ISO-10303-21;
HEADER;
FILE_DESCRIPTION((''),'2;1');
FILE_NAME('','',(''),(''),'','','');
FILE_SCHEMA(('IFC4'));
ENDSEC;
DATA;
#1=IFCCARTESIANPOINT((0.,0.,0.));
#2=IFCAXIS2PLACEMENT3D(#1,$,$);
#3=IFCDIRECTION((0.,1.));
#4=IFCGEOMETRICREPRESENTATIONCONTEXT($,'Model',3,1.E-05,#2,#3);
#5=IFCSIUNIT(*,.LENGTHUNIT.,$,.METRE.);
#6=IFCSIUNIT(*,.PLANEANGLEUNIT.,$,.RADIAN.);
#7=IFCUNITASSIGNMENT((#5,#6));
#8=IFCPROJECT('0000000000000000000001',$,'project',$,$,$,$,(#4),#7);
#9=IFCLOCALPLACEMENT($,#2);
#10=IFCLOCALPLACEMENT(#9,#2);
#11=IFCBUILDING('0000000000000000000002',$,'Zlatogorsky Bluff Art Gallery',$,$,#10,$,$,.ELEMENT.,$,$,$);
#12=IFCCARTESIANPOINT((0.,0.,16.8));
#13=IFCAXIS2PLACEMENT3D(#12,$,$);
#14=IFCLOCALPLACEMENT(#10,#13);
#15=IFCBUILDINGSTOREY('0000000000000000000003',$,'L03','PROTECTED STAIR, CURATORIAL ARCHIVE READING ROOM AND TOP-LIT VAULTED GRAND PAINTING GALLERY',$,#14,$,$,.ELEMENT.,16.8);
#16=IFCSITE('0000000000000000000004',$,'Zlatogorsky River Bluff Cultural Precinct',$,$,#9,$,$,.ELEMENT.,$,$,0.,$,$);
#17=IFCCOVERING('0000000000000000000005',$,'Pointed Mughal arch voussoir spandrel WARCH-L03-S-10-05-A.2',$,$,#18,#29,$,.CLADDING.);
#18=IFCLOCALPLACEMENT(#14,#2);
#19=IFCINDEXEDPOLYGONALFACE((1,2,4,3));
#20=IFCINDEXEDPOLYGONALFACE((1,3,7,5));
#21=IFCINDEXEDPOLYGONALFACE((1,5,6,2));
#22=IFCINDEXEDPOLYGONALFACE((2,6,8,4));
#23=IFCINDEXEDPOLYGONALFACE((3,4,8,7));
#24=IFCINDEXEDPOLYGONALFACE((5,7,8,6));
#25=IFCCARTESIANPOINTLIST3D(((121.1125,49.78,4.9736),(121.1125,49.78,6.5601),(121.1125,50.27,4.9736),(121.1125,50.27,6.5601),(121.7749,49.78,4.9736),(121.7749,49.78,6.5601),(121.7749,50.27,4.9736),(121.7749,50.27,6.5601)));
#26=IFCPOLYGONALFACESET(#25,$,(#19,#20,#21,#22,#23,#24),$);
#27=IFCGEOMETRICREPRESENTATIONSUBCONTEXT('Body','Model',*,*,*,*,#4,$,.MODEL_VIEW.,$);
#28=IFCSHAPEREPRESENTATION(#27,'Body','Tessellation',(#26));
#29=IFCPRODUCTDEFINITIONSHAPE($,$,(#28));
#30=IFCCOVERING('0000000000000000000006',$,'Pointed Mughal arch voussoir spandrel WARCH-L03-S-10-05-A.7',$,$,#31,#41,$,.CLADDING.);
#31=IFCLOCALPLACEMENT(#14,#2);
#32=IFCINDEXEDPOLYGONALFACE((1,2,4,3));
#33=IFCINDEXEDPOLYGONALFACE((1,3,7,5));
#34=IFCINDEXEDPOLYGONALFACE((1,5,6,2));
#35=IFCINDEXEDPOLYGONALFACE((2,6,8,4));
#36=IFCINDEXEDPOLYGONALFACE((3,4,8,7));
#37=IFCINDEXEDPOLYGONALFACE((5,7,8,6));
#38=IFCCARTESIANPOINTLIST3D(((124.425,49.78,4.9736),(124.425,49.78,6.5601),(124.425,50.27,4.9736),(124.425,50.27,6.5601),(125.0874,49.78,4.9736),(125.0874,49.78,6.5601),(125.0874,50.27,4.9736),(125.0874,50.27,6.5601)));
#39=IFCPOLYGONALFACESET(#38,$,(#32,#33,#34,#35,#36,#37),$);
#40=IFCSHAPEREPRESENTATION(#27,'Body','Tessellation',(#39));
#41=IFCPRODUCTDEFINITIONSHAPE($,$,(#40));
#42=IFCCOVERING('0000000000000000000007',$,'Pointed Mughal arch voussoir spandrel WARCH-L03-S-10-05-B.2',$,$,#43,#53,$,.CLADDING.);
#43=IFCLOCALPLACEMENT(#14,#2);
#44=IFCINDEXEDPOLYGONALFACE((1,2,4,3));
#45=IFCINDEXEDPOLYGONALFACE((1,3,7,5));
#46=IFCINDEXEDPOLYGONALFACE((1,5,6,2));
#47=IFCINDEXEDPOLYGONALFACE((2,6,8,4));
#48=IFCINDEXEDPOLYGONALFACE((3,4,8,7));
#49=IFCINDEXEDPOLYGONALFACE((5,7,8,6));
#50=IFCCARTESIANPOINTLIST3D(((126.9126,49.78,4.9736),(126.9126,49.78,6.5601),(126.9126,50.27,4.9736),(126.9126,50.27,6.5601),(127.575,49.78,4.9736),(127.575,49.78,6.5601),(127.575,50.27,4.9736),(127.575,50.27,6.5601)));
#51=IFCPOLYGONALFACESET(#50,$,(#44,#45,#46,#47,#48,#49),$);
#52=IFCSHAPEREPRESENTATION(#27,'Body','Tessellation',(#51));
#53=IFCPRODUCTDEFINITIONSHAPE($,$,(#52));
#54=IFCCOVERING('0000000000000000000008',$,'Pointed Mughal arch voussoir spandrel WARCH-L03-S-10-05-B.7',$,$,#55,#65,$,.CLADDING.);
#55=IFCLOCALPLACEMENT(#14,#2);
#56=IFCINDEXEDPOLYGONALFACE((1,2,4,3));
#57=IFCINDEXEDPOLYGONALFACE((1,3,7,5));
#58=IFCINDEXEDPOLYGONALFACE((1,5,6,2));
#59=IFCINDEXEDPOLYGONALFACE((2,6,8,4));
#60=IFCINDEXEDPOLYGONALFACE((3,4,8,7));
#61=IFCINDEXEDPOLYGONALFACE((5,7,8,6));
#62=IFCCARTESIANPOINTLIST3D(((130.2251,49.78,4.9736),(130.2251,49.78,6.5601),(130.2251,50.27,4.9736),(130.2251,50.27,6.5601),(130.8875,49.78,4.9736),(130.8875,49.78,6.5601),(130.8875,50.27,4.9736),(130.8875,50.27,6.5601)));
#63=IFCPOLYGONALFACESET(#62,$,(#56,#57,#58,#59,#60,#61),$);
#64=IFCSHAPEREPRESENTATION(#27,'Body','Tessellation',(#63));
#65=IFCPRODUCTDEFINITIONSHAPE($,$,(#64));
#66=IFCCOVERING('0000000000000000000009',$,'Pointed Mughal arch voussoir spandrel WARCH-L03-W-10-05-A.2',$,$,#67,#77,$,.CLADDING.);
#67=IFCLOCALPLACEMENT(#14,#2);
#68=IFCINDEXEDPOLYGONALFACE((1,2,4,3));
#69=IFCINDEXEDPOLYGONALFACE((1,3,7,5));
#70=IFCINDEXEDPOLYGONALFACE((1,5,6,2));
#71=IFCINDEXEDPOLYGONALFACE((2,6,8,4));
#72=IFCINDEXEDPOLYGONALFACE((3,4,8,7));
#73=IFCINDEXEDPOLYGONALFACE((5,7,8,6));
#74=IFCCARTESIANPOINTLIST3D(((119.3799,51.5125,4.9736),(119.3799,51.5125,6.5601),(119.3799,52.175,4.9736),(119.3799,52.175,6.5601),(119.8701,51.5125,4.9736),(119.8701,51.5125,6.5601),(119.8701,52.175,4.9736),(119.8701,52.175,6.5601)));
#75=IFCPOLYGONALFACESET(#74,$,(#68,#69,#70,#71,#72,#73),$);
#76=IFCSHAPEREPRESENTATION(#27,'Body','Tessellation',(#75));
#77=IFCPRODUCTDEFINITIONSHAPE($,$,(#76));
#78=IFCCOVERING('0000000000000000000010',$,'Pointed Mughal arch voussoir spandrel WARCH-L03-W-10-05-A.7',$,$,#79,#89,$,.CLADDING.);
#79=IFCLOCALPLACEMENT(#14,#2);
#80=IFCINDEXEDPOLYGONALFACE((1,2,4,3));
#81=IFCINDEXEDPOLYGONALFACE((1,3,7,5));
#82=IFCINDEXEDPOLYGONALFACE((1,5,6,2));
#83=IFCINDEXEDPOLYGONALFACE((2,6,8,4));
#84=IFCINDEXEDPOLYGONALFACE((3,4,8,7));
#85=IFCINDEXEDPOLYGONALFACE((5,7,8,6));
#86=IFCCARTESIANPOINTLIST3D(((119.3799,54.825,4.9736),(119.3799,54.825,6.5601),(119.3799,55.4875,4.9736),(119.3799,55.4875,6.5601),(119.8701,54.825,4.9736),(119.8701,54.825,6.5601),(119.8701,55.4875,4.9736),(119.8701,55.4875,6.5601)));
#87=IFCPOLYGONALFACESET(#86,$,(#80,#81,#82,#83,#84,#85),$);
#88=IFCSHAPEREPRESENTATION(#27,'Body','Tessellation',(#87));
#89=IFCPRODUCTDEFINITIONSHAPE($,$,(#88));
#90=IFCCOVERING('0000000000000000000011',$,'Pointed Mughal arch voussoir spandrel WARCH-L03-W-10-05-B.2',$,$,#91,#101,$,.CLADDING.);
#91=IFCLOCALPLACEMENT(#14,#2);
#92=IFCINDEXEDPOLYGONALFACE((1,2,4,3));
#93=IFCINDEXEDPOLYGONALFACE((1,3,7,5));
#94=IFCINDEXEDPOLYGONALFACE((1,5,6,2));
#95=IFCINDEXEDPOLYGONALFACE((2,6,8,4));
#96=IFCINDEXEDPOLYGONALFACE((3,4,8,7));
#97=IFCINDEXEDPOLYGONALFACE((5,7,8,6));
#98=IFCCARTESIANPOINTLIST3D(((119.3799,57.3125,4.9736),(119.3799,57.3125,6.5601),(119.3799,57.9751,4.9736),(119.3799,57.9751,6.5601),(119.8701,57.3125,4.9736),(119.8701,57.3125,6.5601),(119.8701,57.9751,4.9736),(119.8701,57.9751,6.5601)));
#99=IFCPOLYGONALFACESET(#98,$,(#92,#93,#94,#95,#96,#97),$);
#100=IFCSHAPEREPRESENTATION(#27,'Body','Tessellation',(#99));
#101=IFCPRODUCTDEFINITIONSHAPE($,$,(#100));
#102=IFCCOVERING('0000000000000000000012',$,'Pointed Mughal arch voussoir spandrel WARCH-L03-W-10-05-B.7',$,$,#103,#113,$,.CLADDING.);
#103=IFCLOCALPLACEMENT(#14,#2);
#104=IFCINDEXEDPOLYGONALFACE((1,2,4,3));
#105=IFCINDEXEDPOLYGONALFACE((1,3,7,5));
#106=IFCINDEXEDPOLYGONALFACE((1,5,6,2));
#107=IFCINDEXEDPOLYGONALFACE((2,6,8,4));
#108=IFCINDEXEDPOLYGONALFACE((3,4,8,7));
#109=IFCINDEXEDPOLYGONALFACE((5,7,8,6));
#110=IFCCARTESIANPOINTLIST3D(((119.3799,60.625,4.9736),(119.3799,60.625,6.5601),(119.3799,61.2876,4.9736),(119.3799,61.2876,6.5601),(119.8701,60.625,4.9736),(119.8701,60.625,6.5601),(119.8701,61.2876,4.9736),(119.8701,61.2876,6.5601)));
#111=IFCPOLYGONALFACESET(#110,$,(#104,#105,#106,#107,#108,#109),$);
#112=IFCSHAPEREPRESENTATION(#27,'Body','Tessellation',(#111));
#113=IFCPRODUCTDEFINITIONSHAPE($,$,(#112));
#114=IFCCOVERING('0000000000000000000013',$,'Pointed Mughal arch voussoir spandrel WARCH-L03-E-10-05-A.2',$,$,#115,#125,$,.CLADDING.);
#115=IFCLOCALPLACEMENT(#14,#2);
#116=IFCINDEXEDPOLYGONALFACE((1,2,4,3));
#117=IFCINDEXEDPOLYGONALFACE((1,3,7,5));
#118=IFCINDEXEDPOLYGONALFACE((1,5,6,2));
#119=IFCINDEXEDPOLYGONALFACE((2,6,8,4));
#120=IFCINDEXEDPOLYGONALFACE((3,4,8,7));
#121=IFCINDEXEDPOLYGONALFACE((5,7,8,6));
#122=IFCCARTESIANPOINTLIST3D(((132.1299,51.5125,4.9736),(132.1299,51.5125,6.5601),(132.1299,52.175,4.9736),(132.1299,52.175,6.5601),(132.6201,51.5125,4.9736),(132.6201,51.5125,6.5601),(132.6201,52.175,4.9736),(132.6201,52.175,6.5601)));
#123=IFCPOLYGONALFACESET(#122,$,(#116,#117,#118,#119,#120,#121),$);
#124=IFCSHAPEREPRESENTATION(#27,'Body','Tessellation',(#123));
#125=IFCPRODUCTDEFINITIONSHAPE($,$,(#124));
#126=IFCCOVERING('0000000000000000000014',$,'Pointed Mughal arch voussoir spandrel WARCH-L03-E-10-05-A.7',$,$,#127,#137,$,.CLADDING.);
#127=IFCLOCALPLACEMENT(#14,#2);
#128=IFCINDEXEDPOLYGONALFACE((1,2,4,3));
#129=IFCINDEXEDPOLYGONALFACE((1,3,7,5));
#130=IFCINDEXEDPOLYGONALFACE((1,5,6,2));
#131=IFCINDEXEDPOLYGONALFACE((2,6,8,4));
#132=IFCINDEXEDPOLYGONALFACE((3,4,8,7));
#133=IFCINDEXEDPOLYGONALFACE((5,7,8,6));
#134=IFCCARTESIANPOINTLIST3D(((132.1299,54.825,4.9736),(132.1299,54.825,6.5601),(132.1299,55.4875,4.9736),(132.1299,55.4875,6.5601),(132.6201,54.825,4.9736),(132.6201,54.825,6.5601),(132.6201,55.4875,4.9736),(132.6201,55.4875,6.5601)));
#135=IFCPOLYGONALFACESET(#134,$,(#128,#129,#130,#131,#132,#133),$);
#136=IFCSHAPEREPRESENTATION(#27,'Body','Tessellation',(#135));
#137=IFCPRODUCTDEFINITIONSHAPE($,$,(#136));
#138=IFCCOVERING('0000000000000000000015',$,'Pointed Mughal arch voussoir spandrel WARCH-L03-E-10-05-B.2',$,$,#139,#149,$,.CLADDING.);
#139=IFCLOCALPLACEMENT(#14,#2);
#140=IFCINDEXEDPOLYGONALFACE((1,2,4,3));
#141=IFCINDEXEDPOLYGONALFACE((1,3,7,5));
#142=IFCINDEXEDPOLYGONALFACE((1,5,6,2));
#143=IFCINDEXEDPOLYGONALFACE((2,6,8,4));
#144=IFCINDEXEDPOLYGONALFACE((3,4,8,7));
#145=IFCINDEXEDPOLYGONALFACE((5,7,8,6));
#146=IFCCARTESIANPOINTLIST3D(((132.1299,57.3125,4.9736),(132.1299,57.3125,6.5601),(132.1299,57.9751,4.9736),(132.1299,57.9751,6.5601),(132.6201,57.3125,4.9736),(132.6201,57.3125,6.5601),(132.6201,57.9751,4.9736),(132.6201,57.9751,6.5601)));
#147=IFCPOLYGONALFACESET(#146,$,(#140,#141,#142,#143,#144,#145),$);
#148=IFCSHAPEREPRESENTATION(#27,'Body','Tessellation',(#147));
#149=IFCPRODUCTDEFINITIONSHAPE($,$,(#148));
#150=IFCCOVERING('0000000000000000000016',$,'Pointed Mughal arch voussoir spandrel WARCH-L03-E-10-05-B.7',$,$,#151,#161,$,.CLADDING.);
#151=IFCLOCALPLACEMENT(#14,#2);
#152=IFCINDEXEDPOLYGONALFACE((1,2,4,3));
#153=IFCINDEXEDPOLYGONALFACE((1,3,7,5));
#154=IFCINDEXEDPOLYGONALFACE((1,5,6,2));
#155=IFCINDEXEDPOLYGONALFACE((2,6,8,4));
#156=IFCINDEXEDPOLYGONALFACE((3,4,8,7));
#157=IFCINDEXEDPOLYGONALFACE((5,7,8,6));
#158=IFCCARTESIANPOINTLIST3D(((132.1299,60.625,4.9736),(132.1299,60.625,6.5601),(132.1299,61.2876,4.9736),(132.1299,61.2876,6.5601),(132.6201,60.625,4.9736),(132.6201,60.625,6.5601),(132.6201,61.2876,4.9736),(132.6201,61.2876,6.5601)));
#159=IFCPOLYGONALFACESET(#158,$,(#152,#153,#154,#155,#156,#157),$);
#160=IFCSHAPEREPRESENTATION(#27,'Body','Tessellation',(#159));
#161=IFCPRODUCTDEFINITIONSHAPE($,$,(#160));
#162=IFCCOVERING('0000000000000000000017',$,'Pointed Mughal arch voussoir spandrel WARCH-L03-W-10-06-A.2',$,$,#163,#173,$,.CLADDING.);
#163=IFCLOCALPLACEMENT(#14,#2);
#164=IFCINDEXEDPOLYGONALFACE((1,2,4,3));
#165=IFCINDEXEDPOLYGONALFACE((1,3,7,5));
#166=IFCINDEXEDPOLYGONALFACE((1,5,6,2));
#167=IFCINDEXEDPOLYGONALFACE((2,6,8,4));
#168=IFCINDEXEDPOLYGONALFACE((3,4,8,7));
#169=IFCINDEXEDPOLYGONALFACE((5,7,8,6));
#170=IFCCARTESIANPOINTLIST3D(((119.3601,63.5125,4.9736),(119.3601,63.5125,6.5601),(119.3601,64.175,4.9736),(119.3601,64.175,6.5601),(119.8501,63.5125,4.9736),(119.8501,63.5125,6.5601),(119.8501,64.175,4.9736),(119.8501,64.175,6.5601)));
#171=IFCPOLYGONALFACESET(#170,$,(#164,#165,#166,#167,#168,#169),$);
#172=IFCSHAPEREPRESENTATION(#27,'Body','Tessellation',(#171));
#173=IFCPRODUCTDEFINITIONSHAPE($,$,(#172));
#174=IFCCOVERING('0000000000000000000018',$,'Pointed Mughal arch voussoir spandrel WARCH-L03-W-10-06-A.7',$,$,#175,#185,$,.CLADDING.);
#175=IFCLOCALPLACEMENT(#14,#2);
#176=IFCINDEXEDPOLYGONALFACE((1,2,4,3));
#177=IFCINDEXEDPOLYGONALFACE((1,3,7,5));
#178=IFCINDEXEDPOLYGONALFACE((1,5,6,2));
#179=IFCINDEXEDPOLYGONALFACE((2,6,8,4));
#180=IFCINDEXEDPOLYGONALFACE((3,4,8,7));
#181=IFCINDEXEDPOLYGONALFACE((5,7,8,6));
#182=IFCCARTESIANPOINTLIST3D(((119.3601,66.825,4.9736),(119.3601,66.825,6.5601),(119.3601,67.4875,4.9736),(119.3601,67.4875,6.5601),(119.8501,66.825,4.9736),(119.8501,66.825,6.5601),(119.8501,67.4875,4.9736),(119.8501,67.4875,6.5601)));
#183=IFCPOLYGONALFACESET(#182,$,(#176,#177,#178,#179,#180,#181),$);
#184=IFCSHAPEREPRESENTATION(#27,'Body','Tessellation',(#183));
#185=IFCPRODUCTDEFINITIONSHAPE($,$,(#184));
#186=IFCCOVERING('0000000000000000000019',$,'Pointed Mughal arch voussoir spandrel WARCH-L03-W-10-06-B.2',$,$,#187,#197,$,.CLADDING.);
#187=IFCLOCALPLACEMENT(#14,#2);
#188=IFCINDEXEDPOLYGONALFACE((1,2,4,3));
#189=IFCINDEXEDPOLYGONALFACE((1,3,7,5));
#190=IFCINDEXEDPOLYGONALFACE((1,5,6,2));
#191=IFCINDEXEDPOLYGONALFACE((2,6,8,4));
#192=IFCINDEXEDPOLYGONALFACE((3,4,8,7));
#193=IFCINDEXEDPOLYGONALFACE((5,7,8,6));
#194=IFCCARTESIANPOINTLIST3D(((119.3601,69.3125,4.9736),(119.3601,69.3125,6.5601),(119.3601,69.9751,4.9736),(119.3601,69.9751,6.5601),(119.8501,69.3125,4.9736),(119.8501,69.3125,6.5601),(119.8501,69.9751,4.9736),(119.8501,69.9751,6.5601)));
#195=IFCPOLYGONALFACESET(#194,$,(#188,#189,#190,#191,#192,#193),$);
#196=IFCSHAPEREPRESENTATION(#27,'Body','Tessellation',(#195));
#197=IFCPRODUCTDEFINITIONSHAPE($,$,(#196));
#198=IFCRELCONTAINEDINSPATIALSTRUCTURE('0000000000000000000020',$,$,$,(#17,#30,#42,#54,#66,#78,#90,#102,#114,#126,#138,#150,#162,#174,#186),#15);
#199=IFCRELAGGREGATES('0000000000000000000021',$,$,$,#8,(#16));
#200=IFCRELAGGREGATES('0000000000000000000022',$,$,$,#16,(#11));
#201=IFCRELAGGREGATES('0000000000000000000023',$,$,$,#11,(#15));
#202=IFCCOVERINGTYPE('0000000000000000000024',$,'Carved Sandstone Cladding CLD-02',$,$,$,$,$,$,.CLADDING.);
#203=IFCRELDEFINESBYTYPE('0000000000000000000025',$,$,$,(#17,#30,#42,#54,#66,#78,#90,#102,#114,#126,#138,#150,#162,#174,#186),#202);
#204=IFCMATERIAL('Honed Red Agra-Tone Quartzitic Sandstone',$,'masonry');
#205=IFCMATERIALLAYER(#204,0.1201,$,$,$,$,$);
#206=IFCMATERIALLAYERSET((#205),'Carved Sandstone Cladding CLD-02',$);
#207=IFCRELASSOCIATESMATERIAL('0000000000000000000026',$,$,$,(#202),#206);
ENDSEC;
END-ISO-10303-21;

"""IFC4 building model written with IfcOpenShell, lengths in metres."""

from ifc_helpers import new_model, si_unit, direction, frame, origin, place, context, subcontext, project, spatial, polyline, outline, extrude, material, layer, layer_set, type_object, element, save


model = new_model("IFC4")

# Units and contexts
model_context = context("Model", 3, precision=1e-05, world=origin(), true_north=direction((0.0, 1.0)))
body_context = subcontext(model_context, "Body", "Model", "MODEL_VIEW")
ifc_project = project(units=[si_unit("LENGTHUNIT", "METRE"), si_unit("PLANEANGLEUNIT", "RADIAN")], contexts=[model_context])

# Site, building, storey
site_placement = place(None, origin())
site = spatial("IfcSite", under=ifc_project, at=site_placement, Name="Zlatogorsky River Bluff Cultural Precinct", CompositionType="ELEMENT", RefElevation=0.0)
building_placement = place(site_placement, origin())
building = spatial("IfcBuilding", under=site, at=building_placement, Name="Zlatogorsky Bluff Art Gallery", CompositionType="ELEMENT")
storey_placement = place(building_placement, frame((0.0, 0.0, 16.8)))
storey = spatial("IfcBuildingStorey", under=building, at=storey_placement, Name="L03", Description="PROTECTED STAIR, CURATORIAL ARCHIVE READING ROOM AND TOP-LIT VAULTED GRAND PAINTING GALLERY", CompositionType="ELEMENT", Elevation=16.8)

# Coverings
ifc_material = material(Name="Honed Red Agra-Tone Quartzitic Sandstone", Category="masonry")
ifc_layer = layer(ifc_material, 0.1201)
ifc_layer_set = layer_set([ifc_layer], Name="Carved Sandstone Cladding CLD-02")
covering_type = type_object("IfcCoveringType", Name="Carved Sandstone Cladding CLD-02", PredefinedType="CLADDING", material=ifc_layer_set)
covering_1_placement = place(storey_placement, frame((0.0, 0.0, 4.9736)))
element("IfcCovering", 1, at=covering_1_placement, inside=storey, type_object=covering_type, Name="Pointed Mughal arch voussoir spandrel WARCH-L03-S-10-05-A.2", PredefinedType="CLADDING", context=body_context, shape_type="SweptSolid", body=[
    extrude(outline(polyline([(121.1125, 49.78), (121.7749, 49.78), (121.7749, 50.27), (121.1125, 50.27), (121.1125, 49.78)])), origin(), (0.0, 0.0, 1.0), 1.5864),
])
covering_2_placement = place(storey_placement, frame((0.0, 0.0, 4.9736)))
element("IfcCovering", 2, at=covering_2_placement, inside=storey, type_object=covering_type, Name="Pointed Mughal arch voussoir spandrel WARCH-L03-S-10-05-A.7", PredefinedType="CLADDING", context=body_context, shape_type="SweptSolid", body=[
    extrude(outline(polyline([(124.425, 49.78), (125.0874, 49.78), (125.0874, 50.27), (124.425, 50.27), (124.425, 49.78)])), origin(), (0.0, 0.0, 1.0), 1.5864),
])
covering_3_placement = place(storey_placement, frame((0.0, 0.0, 4.9736)))
element("IfcCovering", 3, at=covering_3_placement, inside=storey, type_object=covering_type, Name="Pointed Mughal arch voussoir spandrel WARCH-L03-S-10-05-B.2", PredefinedType="CLADDING", context=body_context, shape_type="SweptSolid", body=[
    extrude(outline(polyline([(126.9126, 49.78), (127.575, 49.78), (127.575, 50.27), (126.9126, 50.27), (126.9126, 49.78)])), origin(), (0.0, 0.0, 1.0), 1.5864),
])
covering_4_placement = place(storey_placement, frame((0.0, 0.0, 4.9736)))
element("IfcCovering", 4, at=covering_4_placement, inside=storey, type_object=covering_type, Name="Pointed Mughal arch voussoir spandrel WARCH-L03-S-10-05-B.7", PredefinedType="CLADDING", context=body_context, shape_type="SweptSolid", body=[
    extrude(outline(polyline([(130.2251, 49.78), (130.8875, 49.78), (130.8875, 50.27), (130.2251, 50.27), (130.2251, 49.78)])), origin(), (0.0, 0.0, 1.0), 1.5864),
])
covering_5_placement = place(storey_placement, frame((0.0, 0.0, 4.9736)))
element("IfcCovering", 5, at=covering_5_placement, inside=storey, type_object=covering_type, Name="Pointed Mughal arch voussoir spandrel WARCH-L03-W-10-05-A.2", PredefinedType="CLADDING", context=body_context, shape_type="SweptSolid", body=[
    extrude(outline(polyline([(119.3799, 51.5125), (119.3799, 52.175), (119.8701, 52.175), (119.8701, 51.5125), (119.3799, 51.5125)])), origin(), (0.0, 0.0, 1.0), 1.5864),
])
covering_6_placement = place(storey_placement, frame((0.0, 0.0, 4.9736)))
element("IfcCovering", 6, at=covering_6_placement, inside=storey, type_object=covering_type, Name="Pointed Mughal arch voussoir spandrel WARCH-L03-W-10-05-A.7", PredefinedType="CLADDING", context=body_context, shape_type="SweptSolid", body=[
    extrude(outline(polyline([(119.3799, 54.825), (119.3799, 55.4875), (119.8701, 55.4875), (119.8701, 54.825), (119.3799, 54.825)])), origin(), (0.0, 0.0, 1.0), 1.5864),
])
covering_7_placement = place(storey_placement, frame((0.0, 0.0, 4.9736)))
element("IfcCovering", 7, at=covering_7_placement, inside=storey, type_object=covering_type, Name="Pointed Mughal arch voussoir spandrel WARCH-L03-W-10-05-B.2", PredefinedType="CLADDING", context=body_context, shape_type="SweptSolid", body=[
    extrude(outline(polyline([(119.3799, 57.3125), (119.3799, 57.9751), (119.8701, 57.9751), (119.8701, 57.3125), (119.3799, 57.3125)])), origin(), (0.0, 0.0, 1.0), 1.5864),
])
covering_8_placement = place(storey_placement, frame((0.0, 0.0, 4.9736)))
element("IfcCovering", 8, at=covering_8_placement, inside=storey, type_object=covering_type, Name="Pointed Mughal arch voussoir spandrel WARCH-L03-W-10-05-B.7", PredefinedType="CLADDING", context=body_context, shape_type="SweptSolid", body=[
    extrude(outline(polyline([(119.3799, 60.625), (119.3799, 61.2876), (119.8701, 61.2876), (119.8701, 60.625), (119.3799, 60.625)])), origin(), (0.0, 0.0, 1.0), 1.5864),
])
covering_9_placement = place(storey_placement, frame((0.0, 0.0, 4.9736)))
element("IfcCovering", 9, at=covering_9_placement, inside=storey, type_object=covering_type, Name="Pointed Mughal arch voussoir spandrel WARCH-L03-E-10-05-A.2", PredefinedType="CLADDING", context=body_context, shape_type="SweptSolid", body=[
    extrude(outline(polyline([(132.1299, 51.5125), (132.1299, 52.175), (132.6201, 52.175), (132.6201, 51.5125), (132.1299, 51.5125)])), origin(), (0.0, 0.0, 1.0), 1.5864),
])
covering_10_placement = place(storey_placement, frame((0.0, 0.0, 4.9736)))
element("IfcCovering", 10, at=covering_10_placement, inside=storey, type_object=covering_type, Name="Pointed Mughal arch voussoir spandrel WARCH-L03-E-10-05-A.7", PredefinedType="CLADDING", context=body_context, shape_type="SweptSolid", body=[
    extrude(outline(polyline([(132.1299, 54.825), (132.1299, 55.4875), (132.6201, 55.4875), (132.6201, 54.825), (132.1299, 54.825)])), origin(), (0.0, 0.0, 1.0), 1.5864),
])
covering_11_placement = place(storey_placement, frame((0.0, 0.0, 4.9736)))
element("IfcCovering", 11, at=covering_11_placement, inside=storey, type_object=covering_type, Name="Pointed Mughal arch voussoir spandrel WARCH-L03-E-10-05-B.2", PredefinedType="CLADDING", context=body_context, shape_type="SweptSolid", body=[
    extrude(outline(polyline([(132.1299, 57.3125), (132.1299, 57.9751), (132.6201, 57.9751), (132.6201, 57.3125), (132.1299, 57.3125)])), origin(), (0.0, 0.0, 1.0), 1.5864),
])
covering_12_placement = place(storey_placement, frame((0.0, 0.0, 4.9736)))
element("IfcCovering", 12, at=covering_12_placement, inside=storey, type_object=covering_type, Name="Pointed Mughal arch voussoir spandrel WARCH-L03-E-10-05-B.7", PredefinedType="CLADDING", context=body_context, shape_type="SweptSolid", body=[
    extrude(outline(polyline([(132.1299, 60.625), (132.1299, 61.2876), (132.6201, 61.2876), (132.6201, 60.625), (132.1299, 60.625)])), origin(), (0.0, 0.0, 1.0), 1.5864),
])
covering_13_placement = place(storey_placement, frame((0.0, 0.0, 4.9736)))
element("IfcCovering", 13, at=covering_13_placement, inside=storey, type_object=covering_type, Name="Pointed Mughal arch voussoir spandrel WARCH-L03-W-10-06-A.2", PredefinedType="CLADDING", context=body_context, shape_type="SweptSolid", body=[
    extrude(outline(polyline([(119.3601, 63.5125), (119.3601, 64.175), (119.8501, 64.175), (119.8501, 63.5125), (119.3601, 63.5125)])), origin(), (0.0, 0.0, 1.0), 1.5864),
])
covering_14_placement = place(storey_placement, frame((0.0, 0.0, 4.9736)))
element("IfcCovering", 14, at=covering_14_placement, inside=storey, type_object=covering_type, Name="Pointed Mughal arch voussoir spandrel WARCH-L03-W-10-06-A.7", PredefinedType="CLADDING", context=body_context, shape_type="SweptSolid", body=[
    extrude(outline(polyline([(119.3601, 66.825), (119.3601, 67.4875), (119.8501, 67.4875), (119.8501, 66.825), (119.3601, 66.825)])), origin(), (0.0, 0.0, 1.0), 1.5864),
])
covering_15_placement = place(storey_placement, frame((0.0, 0.0, 4.9736)))
element("IfcCovering", 15, at=covering_15_placement, inside=storey, type_object=covering_type, Name="Pointed Mughal arch voussoir spandrel WARCH-L03-W-10-06-B.2", PredefinedType="CLADDING", context=body_context, shape_type="SweptSolid", body=[
    extrude(outline(polyline([(119.3601, 69.3125), (119.3601, 69.9751), (119.8501, 69.9751), (119.8501, 69.3125), (119.3601, 69.3125)])), origin(), (0.0, 0.0, 1.0), 1.5864),
])

save(model, "model.ifc")
